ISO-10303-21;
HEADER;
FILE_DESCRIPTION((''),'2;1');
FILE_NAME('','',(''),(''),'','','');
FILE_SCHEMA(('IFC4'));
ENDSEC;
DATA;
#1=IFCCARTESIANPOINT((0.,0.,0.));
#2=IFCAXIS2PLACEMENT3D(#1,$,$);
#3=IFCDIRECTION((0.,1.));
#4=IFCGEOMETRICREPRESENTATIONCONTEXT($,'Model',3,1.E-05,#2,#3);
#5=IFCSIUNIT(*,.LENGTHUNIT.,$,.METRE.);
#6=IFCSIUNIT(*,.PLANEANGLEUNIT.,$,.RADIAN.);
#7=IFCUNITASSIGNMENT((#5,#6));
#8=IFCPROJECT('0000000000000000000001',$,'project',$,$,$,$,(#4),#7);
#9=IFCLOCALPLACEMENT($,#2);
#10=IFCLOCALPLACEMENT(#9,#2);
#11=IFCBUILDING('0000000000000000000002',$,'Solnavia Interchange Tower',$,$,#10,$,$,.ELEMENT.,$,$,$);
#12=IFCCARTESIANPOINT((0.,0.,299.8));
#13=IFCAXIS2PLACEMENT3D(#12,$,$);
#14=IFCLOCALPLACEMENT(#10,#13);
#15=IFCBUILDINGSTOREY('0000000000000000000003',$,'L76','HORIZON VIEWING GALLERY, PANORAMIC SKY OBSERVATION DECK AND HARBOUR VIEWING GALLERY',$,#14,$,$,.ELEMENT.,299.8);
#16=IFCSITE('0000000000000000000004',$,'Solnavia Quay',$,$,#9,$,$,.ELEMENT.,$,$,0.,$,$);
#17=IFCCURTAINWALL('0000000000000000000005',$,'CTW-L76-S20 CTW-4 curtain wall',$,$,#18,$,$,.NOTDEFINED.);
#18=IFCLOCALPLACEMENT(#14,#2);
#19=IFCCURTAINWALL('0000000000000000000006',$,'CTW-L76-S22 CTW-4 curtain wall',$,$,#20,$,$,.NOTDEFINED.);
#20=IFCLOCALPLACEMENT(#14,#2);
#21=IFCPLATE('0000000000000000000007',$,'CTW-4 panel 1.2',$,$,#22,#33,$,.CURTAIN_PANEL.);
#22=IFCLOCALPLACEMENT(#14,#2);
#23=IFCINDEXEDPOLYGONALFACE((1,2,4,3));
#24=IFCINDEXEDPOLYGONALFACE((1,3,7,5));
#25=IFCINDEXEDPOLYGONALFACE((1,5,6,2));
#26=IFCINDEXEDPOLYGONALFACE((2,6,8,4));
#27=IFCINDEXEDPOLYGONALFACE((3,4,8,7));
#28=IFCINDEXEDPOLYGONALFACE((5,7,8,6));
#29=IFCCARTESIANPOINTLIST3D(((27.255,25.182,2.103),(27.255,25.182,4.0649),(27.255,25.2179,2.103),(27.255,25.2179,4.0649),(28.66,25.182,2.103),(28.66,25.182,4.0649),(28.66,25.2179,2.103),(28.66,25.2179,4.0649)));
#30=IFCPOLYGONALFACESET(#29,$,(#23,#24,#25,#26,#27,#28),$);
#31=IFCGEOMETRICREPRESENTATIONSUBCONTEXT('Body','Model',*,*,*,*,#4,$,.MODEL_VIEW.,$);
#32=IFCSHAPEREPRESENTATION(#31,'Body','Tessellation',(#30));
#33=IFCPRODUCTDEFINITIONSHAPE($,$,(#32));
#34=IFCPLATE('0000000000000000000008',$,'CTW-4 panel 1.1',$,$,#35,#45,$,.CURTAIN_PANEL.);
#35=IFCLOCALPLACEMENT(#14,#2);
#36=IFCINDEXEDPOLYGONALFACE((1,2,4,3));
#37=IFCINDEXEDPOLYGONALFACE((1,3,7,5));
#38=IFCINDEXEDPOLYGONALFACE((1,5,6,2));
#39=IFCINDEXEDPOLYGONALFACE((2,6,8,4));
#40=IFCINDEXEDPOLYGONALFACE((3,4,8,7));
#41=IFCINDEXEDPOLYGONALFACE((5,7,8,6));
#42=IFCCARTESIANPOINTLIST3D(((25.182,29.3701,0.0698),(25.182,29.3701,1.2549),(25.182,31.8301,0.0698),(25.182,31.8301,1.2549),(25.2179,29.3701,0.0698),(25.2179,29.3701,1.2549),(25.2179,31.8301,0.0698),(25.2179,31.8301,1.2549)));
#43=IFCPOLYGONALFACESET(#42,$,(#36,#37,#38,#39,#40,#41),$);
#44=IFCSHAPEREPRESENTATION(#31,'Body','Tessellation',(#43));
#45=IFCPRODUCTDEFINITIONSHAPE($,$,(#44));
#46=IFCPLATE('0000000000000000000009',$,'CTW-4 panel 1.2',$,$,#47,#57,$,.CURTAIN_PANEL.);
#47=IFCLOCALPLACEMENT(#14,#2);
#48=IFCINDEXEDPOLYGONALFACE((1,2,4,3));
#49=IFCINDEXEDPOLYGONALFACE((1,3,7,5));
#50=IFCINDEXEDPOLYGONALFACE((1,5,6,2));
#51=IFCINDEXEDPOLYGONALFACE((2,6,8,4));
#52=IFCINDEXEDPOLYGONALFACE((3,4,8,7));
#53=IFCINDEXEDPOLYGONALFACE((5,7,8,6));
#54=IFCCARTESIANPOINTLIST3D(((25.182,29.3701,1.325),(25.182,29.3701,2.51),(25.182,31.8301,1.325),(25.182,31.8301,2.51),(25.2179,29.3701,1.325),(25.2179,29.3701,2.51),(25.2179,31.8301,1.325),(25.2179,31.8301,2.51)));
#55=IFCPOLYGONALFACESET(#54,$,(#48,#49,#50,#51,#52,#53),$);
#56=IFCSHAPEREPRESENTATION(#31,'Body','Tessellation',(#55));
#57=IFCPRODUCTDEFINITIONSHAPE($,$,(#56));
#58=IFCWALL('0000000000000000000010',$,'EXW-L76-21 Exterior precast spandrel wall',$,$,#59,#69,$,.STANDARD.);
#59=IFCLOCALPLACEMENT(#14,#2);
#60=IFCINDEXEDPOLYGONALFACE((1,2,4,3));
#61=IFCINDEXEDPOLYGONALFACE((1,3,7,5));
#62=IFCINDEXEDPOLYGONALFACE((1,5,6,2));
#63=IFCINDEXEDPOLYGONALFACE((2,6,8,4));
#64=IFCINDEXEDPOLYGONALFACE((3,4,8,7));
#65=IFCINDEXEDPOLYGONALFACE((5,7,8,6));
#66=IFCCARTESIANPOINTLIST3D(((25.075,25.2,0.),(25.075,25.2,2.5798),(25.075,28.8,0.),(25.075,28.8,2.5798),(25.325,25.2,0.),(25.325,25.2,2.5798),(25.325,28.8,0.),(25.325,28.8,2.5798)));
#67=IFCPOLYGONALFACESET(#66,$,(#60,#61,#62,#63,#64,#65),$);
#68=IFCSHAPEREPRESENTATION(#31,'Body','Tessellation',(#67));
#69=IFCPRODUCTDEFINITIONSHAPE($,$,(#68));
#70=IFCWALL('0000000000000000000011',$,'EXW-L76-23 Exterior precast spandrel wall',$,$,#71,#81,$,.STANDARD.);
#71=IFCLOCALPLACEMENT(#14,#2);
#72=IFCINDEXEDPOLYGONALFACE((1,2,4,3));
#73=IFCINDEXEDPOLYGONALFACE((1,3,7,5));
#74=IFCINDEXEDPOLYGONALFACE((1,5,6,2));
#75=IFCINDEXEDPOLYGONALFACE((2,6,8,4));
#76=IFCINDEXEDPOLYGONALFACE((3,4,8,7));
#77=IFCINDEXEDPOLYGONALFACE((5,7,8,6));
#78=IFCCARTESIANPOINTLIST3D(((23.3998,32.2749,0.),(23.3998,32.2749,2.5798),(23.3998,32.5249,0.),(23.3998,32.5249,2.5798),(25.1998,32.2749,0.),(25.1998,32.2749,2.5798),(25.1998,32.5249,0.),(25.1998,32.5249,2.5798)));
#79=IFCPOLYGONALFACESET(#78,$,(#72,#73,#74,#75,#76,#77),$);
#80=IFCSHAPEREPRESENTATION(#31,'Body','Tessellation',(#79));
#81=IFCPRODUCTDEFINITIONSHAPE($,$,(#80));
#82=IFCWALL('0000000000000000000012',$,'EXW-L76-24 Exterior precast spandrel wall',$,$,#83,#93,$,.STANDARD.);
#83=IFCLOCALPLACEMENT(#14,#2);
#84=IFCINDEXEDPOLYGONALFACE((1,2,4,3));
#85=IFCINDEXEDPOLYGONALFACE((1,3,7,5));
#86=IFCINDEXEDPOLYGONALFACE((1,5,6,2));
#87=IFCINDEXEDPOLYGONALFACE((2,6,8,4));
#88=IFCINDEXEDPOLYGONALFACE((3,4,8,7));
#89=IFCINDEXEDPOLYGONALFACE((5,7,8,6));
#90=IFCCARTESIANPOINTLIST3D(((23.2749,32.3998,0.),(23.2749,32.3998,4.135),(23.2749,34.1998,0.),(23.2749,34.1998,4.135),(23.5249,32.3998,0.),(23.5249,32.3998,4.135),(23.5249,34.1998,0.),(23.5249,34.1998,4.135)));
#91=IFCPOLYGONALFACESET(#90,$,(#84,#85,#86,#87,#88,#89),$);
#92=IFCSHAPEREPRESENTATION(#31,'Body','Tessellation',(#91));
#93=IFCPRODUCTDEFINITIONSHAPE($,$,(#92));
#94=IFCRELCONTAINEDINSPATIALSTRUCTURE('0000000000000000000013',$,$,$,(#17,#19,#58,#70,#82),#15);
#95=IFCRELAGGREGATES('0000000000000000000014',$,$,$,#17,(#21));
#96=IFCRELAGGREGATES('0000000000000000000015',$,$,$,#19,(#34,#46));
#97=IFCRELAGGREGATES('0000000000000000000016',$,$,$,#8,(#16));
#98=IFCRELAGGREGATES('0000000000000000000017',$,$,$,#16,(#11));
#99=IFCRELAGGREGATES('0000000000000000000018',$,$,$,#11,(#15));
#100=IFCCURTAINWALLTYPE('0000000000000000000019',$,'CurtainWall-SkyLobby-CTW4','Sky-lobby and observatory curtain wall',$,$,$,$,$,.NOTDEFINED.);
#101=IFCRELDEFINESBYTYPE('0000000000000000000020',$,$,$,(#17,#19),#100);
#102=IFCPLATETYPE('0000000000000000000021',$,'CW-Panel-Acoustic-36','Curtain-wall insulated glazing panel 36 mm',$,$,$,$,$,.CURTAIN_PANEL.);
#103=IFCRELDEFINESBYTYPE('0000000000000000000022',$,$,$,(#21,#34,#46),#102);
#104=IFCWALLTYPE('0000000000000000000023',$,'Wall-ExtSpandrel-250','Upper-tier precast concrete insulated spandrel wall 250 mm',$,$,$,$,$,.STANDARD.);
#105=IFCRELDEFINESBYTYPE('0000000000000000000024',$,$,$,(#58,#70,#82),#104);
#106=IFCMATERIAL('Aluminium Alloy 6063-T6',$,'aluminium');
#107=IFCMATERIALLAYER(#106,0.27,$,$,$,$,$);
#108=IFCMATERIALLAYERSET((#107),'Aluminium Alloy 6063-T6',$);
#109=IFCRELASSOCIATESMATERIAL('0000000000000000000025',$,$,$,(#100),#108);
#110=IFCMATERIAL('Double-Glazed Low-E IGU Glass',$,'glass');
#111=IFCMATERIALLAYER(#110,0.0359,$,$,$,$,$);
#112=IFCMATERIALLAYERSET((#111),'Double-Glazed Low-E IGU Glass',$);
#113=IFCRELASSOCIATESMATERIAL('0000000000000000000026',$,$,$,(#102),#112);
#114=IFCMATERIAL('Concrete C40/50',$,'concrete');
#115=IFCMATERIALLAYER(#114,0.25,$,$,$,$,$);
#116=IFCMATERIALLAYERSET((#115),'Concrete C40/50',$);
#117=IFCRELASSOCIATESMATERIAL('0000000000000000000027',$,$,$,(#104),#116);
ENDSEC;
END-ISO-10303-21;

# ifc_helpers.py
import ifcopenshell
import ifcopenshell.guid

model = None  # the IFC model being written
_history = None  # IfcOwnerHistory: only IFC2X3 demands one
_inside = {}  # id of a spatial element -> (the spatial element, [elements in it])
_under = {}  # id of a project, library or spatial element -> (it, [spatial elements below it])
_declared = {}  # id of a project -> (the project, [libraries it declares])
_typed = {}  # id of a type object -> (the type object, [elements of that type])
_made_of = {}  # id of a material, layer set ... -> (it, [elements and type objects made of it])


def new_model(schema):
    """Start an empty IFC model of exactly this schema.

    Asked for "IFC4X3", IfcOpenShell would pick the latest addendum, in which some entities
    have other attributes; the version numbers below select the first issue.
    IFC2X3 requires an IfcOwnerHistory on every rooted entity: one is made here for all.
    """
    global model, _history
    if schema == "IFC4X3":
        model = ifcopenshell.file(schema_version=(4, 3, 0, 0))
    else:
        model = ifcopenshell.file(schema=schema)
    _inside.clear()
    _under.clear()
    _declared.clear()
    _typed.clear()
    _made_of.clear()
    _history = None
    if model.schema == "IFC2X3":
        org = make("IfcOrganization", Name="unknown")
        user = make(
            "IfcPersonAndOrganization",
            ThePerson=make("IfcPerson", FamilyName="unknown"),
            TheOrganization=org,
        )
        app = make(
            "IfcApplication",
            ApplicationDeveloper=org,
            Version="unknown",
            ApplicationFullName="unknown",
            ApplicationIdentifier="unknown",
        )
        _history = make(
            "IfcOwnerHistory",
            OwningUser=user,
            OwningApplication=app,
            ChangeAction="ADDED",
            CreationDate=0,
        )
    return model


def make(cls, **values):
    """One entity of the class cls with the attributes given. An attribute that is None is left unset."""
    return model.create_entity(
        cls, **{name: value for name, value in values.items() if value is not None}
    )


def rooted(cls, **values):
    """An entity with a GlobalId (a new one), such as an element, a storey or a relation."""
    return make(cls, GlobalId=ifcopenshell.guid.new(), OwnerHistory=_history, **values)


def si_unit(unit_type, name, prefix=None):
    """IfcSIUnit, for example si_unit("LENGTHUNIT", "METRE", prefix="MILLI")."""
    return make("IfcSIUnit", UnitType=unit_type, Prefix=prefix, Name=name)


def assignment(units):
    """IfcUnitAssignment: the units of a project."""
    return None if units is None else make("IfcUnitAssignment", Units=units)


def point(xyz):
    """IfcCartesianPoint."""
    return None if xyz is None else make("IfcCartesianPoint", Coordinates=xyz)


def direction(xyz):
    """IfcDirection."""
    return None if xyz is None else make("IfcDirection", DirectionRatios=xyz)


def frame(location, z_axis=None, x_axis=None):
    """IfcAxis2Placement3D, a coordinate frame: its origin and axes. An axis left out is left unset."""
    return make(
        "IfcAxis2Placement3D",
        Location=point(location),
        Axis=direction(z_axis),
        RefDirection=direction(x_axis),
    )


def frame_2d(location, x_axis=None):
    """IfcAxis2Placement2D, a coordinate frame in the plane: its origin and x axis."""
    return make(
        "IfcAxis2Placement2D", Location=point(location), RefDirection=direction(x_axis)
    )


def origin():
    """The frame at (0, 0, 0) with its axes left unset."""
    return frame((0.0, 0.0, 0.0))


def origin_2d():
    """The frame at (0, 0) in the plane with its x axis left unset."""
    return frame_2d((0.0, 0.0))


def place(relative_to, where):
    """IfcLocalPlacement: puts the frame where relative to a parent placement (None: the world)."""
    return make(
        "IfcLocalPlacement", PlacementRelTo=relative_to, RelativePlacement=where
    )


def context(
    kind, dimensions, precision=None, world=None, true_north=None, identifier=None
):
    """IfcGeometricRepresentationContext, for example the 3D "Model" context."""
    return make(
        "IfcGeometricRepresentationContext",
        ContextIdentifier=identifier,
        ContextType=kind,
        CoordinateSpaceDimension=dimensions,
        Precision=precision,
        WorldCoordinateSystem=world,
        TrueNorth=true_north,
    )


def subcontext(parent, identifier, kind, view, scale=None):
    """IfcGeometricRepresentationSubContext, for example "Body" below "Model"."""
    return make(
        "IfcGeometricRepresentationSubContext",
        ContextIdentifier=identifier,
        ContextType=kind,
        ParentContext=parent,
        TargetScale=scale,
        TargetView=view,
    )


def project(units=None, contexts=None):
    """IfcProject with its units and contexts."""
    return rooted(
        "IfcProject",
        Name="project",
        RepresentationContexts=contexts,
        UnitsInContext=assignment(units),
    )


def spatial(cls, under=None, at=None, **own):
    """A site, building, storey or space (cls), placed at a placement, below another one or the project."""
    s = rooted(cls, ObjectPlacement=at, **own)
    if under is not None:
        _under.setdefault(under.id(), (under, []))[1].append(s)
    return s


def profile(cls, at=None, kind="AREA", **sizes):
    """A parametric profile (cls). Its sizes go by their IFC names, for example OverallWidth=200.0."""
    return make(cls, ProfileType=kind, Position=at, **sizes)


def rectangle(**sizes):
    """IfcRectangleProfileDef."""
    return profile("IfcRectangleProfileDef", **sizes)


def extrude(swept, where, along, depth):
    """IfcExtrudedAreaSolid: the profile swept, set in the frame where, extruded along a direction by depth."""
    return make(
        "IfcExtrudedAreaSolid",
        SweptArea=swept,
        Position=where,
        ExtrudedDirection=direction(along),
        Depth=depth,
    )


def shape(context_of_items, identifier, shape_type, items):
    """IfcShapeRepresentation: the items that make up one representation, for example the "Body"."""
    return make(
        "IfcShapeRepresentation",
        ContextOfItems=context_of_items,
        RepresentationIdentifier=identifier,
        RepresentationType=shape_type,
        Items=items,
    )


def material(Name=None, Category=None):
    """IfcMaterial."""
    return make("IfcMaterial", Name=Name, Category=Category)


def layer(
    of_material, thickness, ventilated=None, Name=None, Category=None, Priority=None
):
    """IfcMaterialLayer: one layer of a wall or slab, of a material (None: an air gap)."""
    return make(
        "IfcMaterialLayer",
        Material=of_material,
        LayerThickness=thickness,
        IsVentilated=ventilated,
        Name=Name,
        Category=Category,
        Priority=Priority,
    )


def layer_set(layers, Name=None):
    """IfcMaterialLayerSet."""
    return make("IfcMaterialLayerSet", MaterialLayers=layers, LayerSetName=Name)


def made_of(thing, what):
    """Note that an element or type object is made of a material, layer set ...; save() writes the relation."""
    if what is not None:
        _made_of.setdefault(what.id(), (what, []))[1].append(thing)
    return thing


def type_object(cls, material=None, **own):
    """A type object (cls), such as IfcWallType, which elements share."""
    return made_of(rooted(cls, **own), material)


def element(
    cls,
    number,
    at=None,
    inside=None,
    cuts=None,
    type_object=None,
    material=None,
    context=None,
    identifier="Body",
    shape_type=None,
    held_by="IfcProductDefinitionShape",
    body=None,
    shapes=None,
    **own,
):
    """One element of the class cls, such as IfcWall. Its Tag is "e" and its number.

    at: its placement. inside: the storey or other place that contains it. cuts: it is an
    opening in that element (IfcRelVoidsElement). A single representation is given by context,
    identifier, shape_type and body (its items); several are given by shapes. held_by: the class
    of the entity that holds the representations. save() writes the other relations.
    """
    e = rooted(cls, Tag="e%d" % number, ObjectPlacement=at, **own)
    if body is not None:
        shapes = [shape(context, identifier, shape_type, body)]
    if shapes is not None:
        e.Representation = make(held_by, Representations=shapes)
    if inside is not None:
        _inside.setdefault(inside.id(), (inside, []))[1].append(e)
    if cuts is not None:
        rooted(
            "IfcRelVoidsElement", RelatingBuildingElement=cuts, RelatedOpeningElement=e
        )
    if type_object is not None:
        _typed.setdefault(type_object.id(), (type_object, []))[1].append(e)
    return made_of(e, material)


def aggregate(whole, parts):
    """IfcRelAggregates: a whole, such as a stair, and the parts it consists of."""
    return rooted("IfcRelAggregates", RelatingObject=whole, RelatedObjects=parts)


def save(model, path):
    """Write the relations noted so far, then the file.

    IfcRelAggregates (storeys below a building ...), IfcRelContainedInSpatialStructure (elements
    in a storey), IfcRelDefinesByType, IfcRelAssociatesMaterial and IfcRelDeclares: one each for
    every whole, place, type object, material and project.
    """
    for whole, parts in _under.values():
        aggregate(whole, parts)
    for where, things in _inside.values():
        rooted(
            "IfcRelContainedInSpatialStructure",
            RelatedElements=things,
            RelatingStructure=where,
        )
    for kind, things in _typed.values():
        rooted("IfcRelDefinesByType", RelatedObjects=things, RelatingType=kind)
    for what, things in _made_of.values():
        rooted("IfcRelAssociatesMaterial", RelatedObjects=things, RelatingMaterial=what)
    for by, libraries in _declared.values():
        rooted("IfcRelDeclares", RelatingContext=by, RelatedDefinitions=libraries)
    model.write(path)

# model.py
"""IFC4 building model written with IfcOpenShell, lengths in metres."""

from ifc_helpers import new_model, si_unit, direction, frame, frame_2d, origin, origin_2d, place, context, subcontext, project, spatial, rectangle, extrude, material, layer, layer_set, type_object, element, aggregate, save


model = new_model("IFC4")

# Units and contexts
model_context = context("Model", 3, precision=1e-05, world=origin(), true_north=direction((0.0, 1.0)))
body_context = subcontext(model_context, "Body", "Model", "MODEL_VIEW")
ifc_project = project(units=[si_unit("LENGTHUNIT", "METRE"), si_unit("PLANEANGLEUNIT", "RADIAN")], contexts=[model_context])

# Site, building, storey
site_placement = place(None, origin())
site = spatial("IfcSite", under=ifc_project, at=site_placement, Name="Solnavia Quay", CompositionType="ELEMENT", RefElevation=0.0)
building_placement = place(site_placement, origin())
building = spatial("IfcBuilding", under=site, at=building_placement, Name="Solnavia Interchange Tower", CompositionType="ELEMENT")
storey_placement = place(building_placement, frame((0.0, 0.0, 299.8)))
storey = spatial("IfcBuildingStorey", under=building, at=storey_placement, Name="L76", Description="HORIZON VIEWING GALLERY, PANORAMIC SKY OBSERVATION DECK AND HARBOUR VIEWING GALLERY", CompositionType="ELEMENT", Elevation=299.8)

# Curtain wall
ifc_material_1 = material(Name="Aluminium Alloy 6063-T6", Category="aluminium")
ifc_layer_1 = layer(ifc_material_1, 0.27)
ifc_layer_set_1 = layer_set([ifc_layer_1], Name="Aluminium Alloy 6063-T6")
curtain_wall_type = type_object("IfcCurtainWallType", Name="CurtainWall-SkyLobby-CTW4", Description="Sky-lobby and observatory curtain wall", PredefinedType="NOTDEFINED", material=ifc_layer_set_1)
curtain_wall_1_placement = place(storey_placement, origin())
curtain_wall_1 = element("IfcCurtainWall", 1, at=curtain_wall_1_placement, inside=storey, type_object=curtain_wall_type, Name="CTW-L76-S20 CTW-4 curtain wall", PredefinedType="NOTDEFINED")

# Curtain wall
curtain_wall_2_placement = place(storey_placement, origin())
curtain_wall_2 = element("IfcCurtainWall", 2, at=curtain_wall_2_placement, inside=storey, type_object=curtain_wall_type, Name="CTW-L76-S22 CTW-4 curtain wall", PredefinedType="NOTDEFINED")

# Plates
ifc_material_2 = material(Name="Double-Glazed Low-E IGU Glass", Category="glass")
ifc_layer_2 = layer(ifc_material_2, 0.0359)
ifc_layer_set_2 = layer_set([ifc_layer_2], Name="Double-Glazed Low-E IGU Glass")
plate_type = type_object("IfcPlateType", Name="CW-Panel-Acoustic-36", Description="Curtain-wall insulated glazing panel 36 mm", PredefinedType="CURTAIN_PANEL", material=ifc_layer_set_2)
plate_1_placement = place(storey_placement, frame((27.9575, 25.2, 2.103), z_axis=(0.0, 0.0, 1.0), x_axis=(-1.0, 0.0, 0.0)))
plate_1 = element("IfcPlate", 3, at=plate_1_placement, type_object=plate_type, Name="CTW-4 panel 1.2", PredefinedType="CURTAIN_PANEL", context=body_context, shape_type="SweptSolid", body=[
    extrude(rectangle(XDim=1.405, YDim=0.0359, at=origin_2d()), origin(), (0.0, 0.0, 1.0), 1.9619),
])
aggregate(curtain_wall_1, [plate_1])
plate_2_placement = place(storey_placement, frame((25.2, 30.6001, 0.0698), z_axis=(0.0, 0.0, 1.0), x_axis=(0.0, 1.0, 0.0)))
plate_2 = element("IfcPlate", 4, at=plate_2_placement, type_object=plate_type, Name="CTW-4 panel 1.1", PredefinedType="CURTAIN_PANEL", context=body_context, shape_type="SweptSolid", body=[
    extrude(rectangle(XDim=2.46, YDim=0.0359, at=origin_2d()), origin(), (0.0, 0.0, 1.0), 1.1851),
])
plate_3_placement = place(storey_placement, frame((25.2, 30.6001, 1.325), z_axis=(0.0, 0.0, 1.0), x_axis=(0.0, 1.0, 0.0)))
plate_3 = element("IfcPlate", 5, at=plate_3_placement, type_object=plate_type, Name="CTW-4 panel 1.2", PredefinedType="CURTAIN_PANEL", context=body_context, shape_type="SweptSolid", body=[
    extrude(rectangle(XDim=2.46, YDim=0.0359, at=origin_2d()), origin(), (0.0, 0.0, 1.0), 1.1851),
])
aggregate(curtain_wall_2, [plate_2, plate_3])

# Walls
ifc_material_3 = material(Name="Concrete C40/50", Category="concrete")
ifc_layer_3 = layer(ifc_material_3, 0.25)
ifc_layer_set_3 = layer_set([ifc_layer_3], Name="Concrete C40/50")
wall_type = type_object("IfcWallType", Name="Wall-ExtSpandrel-250", Description="Upper-tier precast concrete insulated spandrel wall 250 mm", PredefinedType="STANDARD", material=ifc_layer_set_3)
wall_1_placement = place(storey_placement, frame((25.2, 28.8, 0.0), z_axis=(0.0, 0.0, 1.0), x_axis=(0.0, -1.0, 0.0)))
element("IfcWall", 6, at=wall_1_placement, inside=storey, type_object=wall_type, Name="EXW-L76-21 Exterior precast spandrel wall", PredefinedType="STANDARD", context=body_context, shape_type="SweptSolid", body=[
    extrude(rectangle(XDim=3.6001, YDim=0.25, at=frame_2d((1.8, 0.0))), origin(), (0.0, 0.0, 1.0), 2.5798),
])
wall_2_placement = place(storey_placement, frame((23.3999, 32.3999, 0.0), z_axis=(0.0, 0.0, 1.0), x_axis=(1.0, 0.0, 0.0)))
element("IfcWall", 7, at=wall_2_placement, inside=storey, type_object=wall_type, Name="EXW-L76-23 Exterior precast spandrel wall", PredefinedType="STANDARD", context=body_context, shape_type="SweptSolid", body=[
    extrude(rectangle(XDim=1.8, YDim=0.25, at=frame_2d((0.8999, 0.0))), origin(), (0.0, 0.0, 1.0), 2.5798),
])
wall_3_placement = place(storey_placement, frame((23.3999, 32.3999, 0.0), z_axis=(0.0, 0.0, 1.0), x_axis=(0.0, 1.0, 0.0)))
element("IfcWall", 8, at=wall_3_placement, inside=storey, type_object=wall_type, Name="EXW-L76-24 Exterior precast spandrel wall", PredefinedType="STANDARD", context=body_context, shape_type="SweptSolid", body=[
    extrude(rectangle(XDim=1.8, YDim=0.25, at=frame_2d((0.8999, 0.0))), origin(), (0.0, 0.0, 1.0), 4.135),
])

save(model, "model.ifc")
